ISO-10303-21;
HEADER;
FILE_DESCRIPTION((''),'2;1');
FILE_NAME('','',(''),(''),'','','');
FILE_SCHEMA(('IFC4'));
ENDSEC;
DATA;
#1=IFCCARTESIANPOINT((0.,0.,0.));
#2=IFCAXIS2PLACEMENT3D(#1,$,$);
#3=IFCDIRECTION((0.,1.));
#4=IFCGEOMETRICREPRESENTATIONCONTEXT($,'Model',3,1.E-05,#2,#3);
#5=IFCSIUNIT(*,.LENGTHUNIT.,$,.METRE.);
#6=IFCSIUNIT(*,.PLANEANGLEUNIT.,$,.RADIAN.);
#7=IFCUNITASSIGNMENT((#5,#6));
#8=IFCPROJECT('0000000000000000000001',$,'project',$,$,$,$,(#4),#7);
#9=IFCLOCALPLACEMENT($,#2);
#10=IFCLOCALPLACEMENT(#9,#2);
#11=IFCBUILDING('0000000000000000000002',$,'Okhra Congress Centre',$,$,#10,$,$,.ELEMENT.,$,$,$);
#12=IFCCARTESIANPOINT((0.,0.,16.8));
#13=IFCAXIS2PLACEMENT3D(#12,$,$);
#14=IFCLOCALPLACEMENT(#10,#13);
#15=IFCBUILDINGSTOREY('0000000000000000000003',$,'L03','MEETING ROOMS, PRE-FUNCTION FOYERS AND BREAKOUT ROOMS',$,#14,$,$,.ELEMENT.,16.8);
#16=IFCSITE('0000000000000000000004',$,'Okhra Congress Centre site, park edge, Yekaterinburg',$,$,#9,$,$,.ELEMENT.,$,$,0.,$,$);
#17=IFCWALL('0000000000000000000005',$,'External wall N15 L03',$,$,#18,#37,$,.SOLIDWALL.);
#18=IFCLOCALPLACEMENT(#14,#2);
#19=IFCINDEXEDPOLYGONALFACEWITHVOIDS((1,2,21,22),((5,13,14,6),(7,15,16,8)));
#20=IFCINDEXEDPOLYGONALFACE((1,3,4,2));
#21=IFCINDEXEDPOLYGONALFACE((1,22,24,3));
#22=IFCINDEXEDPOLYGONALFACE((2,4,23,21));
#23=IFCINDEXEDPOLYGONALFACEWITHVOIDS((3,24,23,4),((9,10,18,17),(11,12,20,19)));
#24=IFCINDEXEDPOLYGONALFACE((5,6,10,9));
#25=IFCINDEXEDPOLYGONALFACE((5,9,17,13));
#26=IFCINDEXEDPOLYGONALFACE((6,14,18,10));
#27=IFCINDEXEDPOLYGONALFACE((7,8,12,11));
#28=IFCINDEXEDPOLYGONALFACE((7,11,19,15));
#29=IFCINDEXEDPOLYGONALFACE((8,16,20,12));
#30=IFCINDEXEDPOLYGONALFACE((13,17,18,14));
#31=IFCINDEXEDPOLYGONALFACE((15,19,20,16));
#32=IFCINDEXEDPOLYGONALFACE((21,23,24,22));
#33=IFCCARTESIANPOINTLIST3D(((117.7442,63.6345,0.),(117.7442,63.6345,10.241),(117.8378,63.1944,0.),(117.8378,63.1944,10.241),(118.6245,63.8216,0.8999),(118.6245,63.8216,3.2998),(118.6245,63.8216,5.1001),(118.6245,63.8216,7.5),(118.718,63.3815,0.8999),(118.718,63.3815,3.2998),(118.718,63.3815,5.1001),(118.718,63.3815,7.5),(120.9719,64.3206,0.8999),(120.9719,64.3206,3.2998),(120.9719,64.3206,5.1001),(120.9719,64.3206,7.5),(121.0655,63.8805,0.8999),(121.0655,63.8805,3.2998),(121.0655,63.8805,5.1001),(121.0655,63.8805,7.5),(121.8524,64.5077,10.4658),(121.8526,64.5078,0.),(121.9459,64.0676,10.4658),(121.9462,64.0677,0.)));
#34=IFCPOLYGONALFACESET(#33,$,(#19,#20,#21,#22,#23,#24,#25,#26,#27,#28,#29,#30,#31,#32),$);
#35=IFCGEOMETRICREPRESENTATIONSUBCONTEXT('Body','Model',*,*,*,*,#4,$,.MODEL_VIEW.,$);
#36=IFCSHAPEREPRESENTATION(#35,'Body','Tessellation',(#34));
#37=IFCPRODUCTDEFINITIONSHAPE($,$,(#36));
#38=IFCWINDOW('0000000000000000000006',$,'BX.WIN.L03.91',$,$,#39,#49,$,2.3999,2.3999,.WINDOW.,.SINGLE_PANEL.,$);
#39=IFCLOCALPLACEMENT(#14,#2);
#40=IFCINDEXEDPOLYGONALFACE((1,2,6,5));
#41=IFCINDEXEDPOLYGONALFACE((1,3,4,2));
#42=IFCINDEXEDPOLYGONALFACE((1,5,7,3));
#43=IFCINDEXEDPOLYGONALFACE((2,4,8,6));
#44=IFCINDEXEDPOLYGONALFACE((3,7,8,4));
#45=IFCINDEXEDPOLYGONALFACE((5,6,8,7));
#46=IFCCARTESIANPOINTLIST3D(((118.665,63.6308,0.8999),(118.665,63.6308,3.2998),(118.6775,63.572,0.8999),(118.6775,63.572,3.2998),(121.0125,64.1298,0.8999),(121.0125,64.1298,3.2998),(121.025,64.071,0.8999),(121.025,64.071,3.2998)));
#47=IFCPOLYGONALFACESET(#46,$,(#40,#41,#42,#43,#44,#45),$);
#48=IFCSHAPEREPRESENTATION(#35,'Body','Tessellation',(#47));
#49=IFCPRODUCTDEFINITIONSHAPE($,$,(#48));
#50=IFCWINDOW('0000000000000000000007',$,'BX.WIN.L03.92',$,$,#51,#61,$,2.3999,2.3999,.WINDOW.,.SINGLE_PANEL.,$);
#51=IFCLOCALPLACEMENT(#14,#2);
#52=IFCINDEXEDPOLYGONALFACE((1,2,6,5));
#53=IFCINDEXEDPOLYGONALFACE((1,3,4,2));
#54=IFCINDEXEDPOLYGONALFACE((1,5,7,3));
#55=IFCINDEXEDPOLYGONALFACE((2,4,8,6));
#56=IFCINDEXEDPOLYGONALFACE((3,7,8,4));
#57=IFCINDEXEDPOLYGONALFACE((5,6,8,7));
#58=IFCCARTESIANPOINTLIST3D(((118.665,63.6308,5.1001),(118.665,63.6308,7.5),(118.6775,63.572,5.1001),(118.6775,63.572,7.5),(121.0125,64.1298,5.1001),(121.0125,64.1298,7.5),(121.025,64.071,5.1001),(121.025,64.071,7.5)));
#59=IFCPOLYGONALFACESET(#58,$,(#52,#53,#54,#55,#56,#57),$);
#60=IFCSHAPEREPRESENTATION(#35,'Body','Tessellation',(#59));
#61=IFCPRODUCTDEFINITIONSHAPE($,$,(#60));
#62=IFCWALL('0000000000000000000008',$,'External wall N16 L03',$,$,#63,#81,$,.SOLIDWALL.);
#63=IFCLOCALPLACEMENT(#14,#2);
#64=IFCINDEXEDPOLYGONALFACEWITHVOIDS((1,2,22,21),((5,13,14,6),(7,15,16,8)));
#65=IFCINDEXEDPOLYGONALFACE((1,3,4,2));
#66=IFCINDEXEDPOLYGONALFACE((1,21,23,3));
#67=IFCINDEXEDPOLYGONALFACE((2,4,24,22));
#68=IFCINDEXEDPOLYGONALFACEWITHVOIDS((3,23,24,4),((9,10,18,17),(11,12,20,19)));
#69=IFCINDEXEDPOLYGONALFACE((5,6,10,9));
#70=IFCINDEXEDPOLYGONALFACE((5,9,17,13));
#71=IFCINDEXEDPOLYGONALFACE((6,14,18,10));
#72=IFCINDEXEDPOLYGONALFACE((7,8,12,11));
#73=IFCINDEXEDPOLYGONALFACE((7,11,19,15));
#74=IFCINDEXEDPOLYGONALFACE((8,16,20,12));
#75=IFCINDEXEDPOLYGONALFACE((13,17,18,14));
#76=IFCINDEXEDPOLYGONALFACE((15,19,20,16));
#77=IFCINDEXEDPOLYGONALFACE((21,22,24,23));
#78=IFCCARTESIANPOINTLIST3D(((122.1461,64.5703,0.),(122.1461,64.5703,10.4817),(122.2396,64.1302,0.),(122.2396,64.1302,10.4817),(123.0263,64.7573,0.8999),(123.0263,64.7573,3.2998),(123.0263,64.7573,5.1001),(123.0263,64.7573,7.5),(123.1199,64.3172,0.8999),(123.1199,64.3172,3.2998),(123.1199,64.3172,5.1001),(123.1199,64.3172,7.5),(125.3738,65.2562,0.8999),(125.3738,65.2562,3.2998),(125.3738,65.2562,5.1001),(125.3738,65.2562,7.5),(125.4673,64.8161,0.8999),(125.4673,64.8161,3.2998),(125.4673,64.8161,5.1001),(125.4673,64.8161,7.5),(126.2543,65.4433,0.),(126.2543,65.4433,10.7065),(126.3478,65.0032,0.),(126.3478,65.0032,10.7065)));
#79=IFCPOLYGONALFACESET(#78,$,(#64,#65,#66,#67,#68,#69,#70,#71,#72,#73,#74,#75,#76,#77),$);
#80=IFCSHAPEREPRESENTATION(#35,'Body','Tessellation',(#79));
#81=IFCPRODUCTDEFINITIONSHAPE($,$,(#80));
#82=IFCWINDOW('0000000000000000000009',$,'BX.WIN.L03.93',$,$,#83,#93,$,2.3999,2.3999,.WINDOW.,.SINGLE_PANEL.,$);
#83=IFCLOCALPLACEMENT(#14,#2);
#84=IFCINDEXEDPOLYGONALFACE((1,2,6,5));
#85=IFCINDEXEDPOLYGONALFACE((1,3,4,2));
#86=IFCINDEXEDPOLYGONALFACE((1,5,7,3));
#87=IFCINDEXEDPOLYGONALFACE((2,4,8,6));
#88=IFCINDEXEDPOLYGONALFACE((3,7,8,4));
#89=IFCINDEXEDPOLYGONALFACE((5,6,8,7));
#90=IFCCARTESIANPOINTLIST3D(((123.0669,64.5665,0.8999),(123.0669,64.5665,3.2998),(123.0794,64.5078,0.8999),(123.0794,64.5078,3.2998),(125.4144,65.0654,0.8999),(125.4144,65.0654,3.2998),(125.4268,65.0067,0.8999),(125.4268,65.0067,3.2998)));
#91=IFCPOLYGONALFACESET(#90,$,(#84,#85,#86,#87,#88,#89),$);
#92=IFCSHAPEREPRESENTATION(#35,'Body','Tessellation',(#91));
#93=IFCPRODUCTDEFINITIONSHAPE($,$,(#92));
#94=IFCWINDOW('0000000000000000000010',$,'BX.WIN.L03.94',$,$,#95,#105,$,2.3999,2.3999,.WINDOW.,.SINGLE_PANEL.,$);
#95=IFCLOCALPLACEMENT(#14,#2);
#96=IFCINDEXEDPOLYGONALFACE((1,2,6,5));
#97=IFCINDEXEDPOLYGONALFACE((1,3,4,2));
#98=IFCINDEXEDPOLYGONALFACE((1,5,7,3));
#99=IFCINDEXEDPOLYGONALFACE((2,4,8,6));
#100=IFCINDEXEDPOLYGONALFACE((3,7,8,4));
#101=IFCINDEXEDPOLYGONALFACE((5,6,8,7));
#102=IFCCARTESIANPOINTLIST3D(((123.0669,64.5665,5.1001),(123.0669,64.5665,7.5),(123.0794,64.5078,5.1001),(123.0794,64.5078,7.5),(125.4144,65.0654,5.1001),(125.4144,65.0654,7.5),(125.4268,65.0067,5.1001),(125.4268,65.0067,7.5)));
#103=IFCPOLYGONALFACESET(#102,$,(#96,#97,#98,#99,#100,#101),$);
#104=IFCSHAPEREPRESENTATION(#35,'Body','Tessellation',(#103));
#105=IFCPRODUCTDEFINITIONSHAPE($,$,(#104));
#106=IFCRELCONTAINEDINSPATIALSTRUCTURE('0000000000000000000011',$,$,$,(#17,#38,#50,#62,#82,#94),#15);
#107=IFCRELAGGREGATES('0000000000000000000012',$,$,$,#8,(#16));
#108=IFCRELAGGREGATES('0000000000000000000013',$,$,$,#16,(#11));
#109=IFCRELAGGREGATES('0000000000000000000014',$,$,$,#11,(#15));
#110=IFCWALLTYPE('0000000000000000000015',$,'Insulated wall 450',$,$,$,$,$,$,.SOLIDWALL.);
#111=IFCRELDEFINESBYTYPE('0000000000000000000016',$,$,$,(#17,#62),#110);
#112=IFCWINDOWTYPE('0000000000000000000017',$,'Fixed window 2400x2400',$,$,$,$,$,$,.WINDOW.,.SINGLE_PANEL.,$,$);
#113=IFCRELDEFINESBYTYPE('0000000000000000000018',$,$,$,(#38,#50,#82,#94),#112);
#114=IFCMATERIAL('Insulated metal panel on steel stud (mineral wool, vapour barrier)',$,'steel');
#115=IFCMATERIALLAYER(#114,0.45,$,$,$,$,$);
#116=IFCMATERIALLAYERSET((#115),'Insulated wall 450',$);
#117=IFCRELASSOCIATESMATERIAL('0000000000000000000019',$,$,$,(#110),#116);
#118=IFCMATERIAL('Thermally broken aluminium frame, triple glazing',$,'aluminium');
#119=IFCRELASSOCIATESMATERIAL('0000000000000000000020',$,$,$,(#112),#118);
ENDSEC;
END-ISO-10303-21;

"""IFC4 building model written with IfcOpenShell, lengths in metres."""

from ifc_helpers import new_model, si_unit, direction, frame, frame_2d, origin, place, context, subcontext, project, spatial, polyline, rectangle, outline, extrude, material, layer, layer_set, type_object, element, fill, save


model = new_model("IFC4")

# Units and contexts
model_context = context("Model", 3, precision=1e-05, world=origin(), true_north=direction((0.0, 1.0)))
body_context = subcontext(model_context, "Body", "Model", "MODEL_VIEW")
ifc_project = project(units=[si_unit("LENGTHUNIT", "METRE"), si_unit("PLANEANGLEUNIT", "RADIAN")], contexts=[model_context])

# Site, building, storey
site_placement = place(None, origin())
site = spatial("IfcSite", under=ifc_project, at=site_placement, Name="Okhra Congress Centre site, park edge, Yekaterinburg", CompositionType="ELEMENT", RefElevation=0.0)
building_placement = place(site_placement, origin())
building = spatial("IfcBuilding", under=site, at=building_placement, Name="Okhra Congress Centre", CompositionType="ELEMENT")
storey_placement = place(building_placement, frame((0.0, 0.0, 16.8)))
storey = spatial("IfcBuildingStorey", under=building, at=storey_placement, Name="L03", Description="MEETING ROOMS, PRE-FUNCTION FOYERS AND BREAKOUT ROOMS", CompositionType="ELEMENT", Elevation=16.8)

# Walls, openings, windows
ifc_material_1 = material(Name="Insulated metal panel on steel stud (mineral wool, vapour barrier)", Category="steel")
ifc_layer_1 = layer(ifc_material_1, 0.45)
ifc_layer_set_1 = layer_set([ifc_layer_1], Name="Insulated wall 450")
wall_type_1 = type_object("IfcWallType", Name="Insulated wall 450", PredefinedType="SOLIDWALL", material=ifc_layer_set_1)
wall_1_placement = place(storey_placement, frame((117.791, 63.4143, 0.0), z_axis=(0.0, 0.0, 1.0), x_axis=(0.978146, 0.207917, 0.0)))
wall_1 = element("IfcWall", 1, at=wall_1_placement, inside=storey, type_object=wall_type_1, Name="External wall N15 L03", PredefinedType="SOLIDWALL", context=body_context, shape_type="SweptSolid", body=[
    extrude(outline(polyline([(0.0, 0.0), (4.2002, 0.0), (4.2, 10.4658), (0.0, 10.241), (0.0, 0.0)])), frame((0.0, 0.2251, 0.0), z_axis=(0.0, -1.0, 0.0), x_axis=(1.0, 0.0, 0.0)), (0.0, 0.0, 1.0), 0.45),
])
opening_1_placement = place(wall_1_placement, frame((0.8999, 0.0, 0.8999)))
opening_1 = element("IfcOpeningElement", 2, at=opening_1_placement, cuts=wall_1, PredefinedType="OPENING", context=body_context, shape_type="SweptSolid", body=[
    extrude(rectangle(XDim=2.3999, YDim=2.3999, at=frame_2d((1.2, 1.2))), frame((0.0, 0.2349, 0.0), z_axis=(0.0, -1.0, 0.0), x_axis=(1.0, 0.0, 0.0)), (0.0, 0.0, 1.0), 0.47),
])
opening_2_placement = place(wall_1_placement, frame((0.8999, 0.0, 5.1001)))
opening_2 = element("IfcOpeningElement", 3, at=opening_2_placement, cuts=wall_1, PredefinedType="OPENING", context=body_context, shape_type="SweptSolid", body=[
    extrude(rectangle(XDim=2.3999, YDim=2.3999, at=frame_2d((1.2, 1.2))), frame((0.0, 0.2349, 0.0), z_axis=(0.0, -1.0, 0.0), x_axis=(1.0, 0.0, 0.0)), (0.0, 0.0, 1.0), 0.47),
])
ifc_material_2 = material(Name="Thermally broken aluminium frame, triple glazing", Category="aluminium")
window_type = type_object("IfcWindowType", Name="Fixed window 2400x2400", PartitioningType="SINGLE_PANEL", PredefinedType="WINDOW", material=ifc_material_2)
window_1_placement = place(opening_1_placement, origin())
window_1 = element("IfcWindow", 4, at=window_1_placement, inside=storey, type_object=window_type, Name="BX.WIN.L03.91", OverallHeight=2.3999, OverallWidth=2.3999, PartitioningType="SINGLE_PANEL", PredefinedType="WINDOW", context=body_context, shape_type="SweptSolid", body=[
    extrude(rectangle(XDim=2.3999, YDim=2.3999, at=frame_2d((1.2, 1.2))), frame((0.0, 0.03, 0.0), z_axis=(0.0, -1.0, 0.0), x_axis=(1.0, 0.0, 0.0)), (0.0, 0.0, 1.0), 0.0601),
])
fill(opening_1, window_1)
window_2_placement = place(opening_2_placement, origin())
window_2 = element("IfcWindow", 5, at=window_2_placement, inside=storey, type_object=window_type, Name="BX.WIN.L03.92", OverallHeight=2.3999, OverallWidth=2.3999, PartitioningType="SINGLE_PANEL", PredefinedType="WINDOW", context=body_context, shape_type="SweptSolid", body=[
    extrude(rectangle(XDim=2.3999, YDim=2.3999, at=frame_2d((1.2, 1.2))), frame((0.0, 0.03, 0.0), z_axis=(0.0, -1.0, 0.0), x_axis=(1.0, 0.0, 0.0)), (0.0, 0.0, 1.0), 0.0601),
])
fill(opening_2, window_2)
wall_2_placement = place(storey_placement, frame((122.1929, 64.3501, 0.0), z_axis=(0.0, 0.0, 1.0), x_axis=(0.978156, 0.207873, 0.0)))
wall_2 = element("IfcWall", 6, at=wall_2_placement, inside=storey, type_object=wall_type_1, Name="External wall N16 L03", PredefinedType="SOLIDWALL", context=body_context, shape_type="SweptSolid", body=[
    extrude(outline(polyline([(0.0, 0.0), (4.2, 0.0), (4.2, 10.7065), (0.0, 10.4817), (0.0, 0.0)])), frame((0.0, 0.2251, 0.0), z_axis=(0.0, -1.0, 0.0), x_axis=(1.0, 0.0, 0.0)), (0.0, 0.0, 1.0), 0.45),
])
opening_3_placement = place(wall_2_placement, frame((0.8999, 0.0, 0.8999)))
opening_3 = element("IfcOpeningElement", 7, at=opening_3_placement, cuts=wall_2, PredefinedType="OPENING", context=body_context, shape_type="SweptSolid", body=[
    extrude(rectangle(XDim=2.3999, YDim=2.3999, at=frame_2d((1.2, 1.2))), frame((0.0, 0.2349, 0.0), z_axis=(0.0, -1.0, 0.0), x_axis=(1.0, 0.0, 0.0)), (0.0, 0.0, 1.0), 0.47),
])
opening_4_placement = place(wall_2_placement, frame((0.8999, 0.0, 5.1001)))
opening_4 = element("IfcOpeningElement", 8, at=opening_4_placement, cuts=wall_2, PredefinedType="OPENING", context=body_context, shape_type="SweptSolid", body=[
    extrude(rectangle(XDim=2.3999, YDim=2.3999, at=frame_2d((1.2, 1.2))), frame((0.0, 0.2349, 0.0), z_axis=(0.0, -1.0, 0.0), x_axis=(1.0, 0.0, 0.0)), (0.0, 0.0, 1.0), 0.47),
])
window_3_placement = place(opening_3_placement, origin())
window_3 = element("IfcWindow", 9, at=window_3_placement, inside=storey, type_object=window_type, Name="BX.WIN.L03.93", OverallHeight=2.3999, OverallWidth=2.3999, PartitioningType="SINGLE_PANEL", PredefinedType="WINDOW", context=body_context, shape_type="SweptSolid", body=[
    extrude(rectangle(XDim=2.3999, YDim=2.3999, at=frame_2d((1.2, 1.2))), frame((0.0, 0.03, 0.0), z_axis=(0.0, -1.0, 0.0), x_axis=(1.0, 0.0, 0.0)), (0.0, 0.0, 1.0), 0.0601),
])
fill(opening_3, window_3)
window_4_placement = place(opening_4_placement, origin())
window_4 = element("IfcWindow", 10, at=window_4_placement, inside=storey, type_object=window_type, Name="BX.WIN.L03.94", OverallHeight=2.3999, OverallWidth=2.3999, PartitioningType="SINGLE_PANEL", PredefinedType="WINDOW", context=body_context, shape_type="SweptSolid", body=[
    extrude(rectangle(XDim=2.3999, YDim=2.3999, at=frame_2d((1.2, 1.2))), frame((0.0, 0.03, 0.0), z_axis=(0.0, -1.0, 0.0), x_axis=(1.0, 0.0, 0.0)), (0.0, 0.0, 1.0), 0.0601),
])
fill(opening_4, window_4)

save(model, "model.ifc")
